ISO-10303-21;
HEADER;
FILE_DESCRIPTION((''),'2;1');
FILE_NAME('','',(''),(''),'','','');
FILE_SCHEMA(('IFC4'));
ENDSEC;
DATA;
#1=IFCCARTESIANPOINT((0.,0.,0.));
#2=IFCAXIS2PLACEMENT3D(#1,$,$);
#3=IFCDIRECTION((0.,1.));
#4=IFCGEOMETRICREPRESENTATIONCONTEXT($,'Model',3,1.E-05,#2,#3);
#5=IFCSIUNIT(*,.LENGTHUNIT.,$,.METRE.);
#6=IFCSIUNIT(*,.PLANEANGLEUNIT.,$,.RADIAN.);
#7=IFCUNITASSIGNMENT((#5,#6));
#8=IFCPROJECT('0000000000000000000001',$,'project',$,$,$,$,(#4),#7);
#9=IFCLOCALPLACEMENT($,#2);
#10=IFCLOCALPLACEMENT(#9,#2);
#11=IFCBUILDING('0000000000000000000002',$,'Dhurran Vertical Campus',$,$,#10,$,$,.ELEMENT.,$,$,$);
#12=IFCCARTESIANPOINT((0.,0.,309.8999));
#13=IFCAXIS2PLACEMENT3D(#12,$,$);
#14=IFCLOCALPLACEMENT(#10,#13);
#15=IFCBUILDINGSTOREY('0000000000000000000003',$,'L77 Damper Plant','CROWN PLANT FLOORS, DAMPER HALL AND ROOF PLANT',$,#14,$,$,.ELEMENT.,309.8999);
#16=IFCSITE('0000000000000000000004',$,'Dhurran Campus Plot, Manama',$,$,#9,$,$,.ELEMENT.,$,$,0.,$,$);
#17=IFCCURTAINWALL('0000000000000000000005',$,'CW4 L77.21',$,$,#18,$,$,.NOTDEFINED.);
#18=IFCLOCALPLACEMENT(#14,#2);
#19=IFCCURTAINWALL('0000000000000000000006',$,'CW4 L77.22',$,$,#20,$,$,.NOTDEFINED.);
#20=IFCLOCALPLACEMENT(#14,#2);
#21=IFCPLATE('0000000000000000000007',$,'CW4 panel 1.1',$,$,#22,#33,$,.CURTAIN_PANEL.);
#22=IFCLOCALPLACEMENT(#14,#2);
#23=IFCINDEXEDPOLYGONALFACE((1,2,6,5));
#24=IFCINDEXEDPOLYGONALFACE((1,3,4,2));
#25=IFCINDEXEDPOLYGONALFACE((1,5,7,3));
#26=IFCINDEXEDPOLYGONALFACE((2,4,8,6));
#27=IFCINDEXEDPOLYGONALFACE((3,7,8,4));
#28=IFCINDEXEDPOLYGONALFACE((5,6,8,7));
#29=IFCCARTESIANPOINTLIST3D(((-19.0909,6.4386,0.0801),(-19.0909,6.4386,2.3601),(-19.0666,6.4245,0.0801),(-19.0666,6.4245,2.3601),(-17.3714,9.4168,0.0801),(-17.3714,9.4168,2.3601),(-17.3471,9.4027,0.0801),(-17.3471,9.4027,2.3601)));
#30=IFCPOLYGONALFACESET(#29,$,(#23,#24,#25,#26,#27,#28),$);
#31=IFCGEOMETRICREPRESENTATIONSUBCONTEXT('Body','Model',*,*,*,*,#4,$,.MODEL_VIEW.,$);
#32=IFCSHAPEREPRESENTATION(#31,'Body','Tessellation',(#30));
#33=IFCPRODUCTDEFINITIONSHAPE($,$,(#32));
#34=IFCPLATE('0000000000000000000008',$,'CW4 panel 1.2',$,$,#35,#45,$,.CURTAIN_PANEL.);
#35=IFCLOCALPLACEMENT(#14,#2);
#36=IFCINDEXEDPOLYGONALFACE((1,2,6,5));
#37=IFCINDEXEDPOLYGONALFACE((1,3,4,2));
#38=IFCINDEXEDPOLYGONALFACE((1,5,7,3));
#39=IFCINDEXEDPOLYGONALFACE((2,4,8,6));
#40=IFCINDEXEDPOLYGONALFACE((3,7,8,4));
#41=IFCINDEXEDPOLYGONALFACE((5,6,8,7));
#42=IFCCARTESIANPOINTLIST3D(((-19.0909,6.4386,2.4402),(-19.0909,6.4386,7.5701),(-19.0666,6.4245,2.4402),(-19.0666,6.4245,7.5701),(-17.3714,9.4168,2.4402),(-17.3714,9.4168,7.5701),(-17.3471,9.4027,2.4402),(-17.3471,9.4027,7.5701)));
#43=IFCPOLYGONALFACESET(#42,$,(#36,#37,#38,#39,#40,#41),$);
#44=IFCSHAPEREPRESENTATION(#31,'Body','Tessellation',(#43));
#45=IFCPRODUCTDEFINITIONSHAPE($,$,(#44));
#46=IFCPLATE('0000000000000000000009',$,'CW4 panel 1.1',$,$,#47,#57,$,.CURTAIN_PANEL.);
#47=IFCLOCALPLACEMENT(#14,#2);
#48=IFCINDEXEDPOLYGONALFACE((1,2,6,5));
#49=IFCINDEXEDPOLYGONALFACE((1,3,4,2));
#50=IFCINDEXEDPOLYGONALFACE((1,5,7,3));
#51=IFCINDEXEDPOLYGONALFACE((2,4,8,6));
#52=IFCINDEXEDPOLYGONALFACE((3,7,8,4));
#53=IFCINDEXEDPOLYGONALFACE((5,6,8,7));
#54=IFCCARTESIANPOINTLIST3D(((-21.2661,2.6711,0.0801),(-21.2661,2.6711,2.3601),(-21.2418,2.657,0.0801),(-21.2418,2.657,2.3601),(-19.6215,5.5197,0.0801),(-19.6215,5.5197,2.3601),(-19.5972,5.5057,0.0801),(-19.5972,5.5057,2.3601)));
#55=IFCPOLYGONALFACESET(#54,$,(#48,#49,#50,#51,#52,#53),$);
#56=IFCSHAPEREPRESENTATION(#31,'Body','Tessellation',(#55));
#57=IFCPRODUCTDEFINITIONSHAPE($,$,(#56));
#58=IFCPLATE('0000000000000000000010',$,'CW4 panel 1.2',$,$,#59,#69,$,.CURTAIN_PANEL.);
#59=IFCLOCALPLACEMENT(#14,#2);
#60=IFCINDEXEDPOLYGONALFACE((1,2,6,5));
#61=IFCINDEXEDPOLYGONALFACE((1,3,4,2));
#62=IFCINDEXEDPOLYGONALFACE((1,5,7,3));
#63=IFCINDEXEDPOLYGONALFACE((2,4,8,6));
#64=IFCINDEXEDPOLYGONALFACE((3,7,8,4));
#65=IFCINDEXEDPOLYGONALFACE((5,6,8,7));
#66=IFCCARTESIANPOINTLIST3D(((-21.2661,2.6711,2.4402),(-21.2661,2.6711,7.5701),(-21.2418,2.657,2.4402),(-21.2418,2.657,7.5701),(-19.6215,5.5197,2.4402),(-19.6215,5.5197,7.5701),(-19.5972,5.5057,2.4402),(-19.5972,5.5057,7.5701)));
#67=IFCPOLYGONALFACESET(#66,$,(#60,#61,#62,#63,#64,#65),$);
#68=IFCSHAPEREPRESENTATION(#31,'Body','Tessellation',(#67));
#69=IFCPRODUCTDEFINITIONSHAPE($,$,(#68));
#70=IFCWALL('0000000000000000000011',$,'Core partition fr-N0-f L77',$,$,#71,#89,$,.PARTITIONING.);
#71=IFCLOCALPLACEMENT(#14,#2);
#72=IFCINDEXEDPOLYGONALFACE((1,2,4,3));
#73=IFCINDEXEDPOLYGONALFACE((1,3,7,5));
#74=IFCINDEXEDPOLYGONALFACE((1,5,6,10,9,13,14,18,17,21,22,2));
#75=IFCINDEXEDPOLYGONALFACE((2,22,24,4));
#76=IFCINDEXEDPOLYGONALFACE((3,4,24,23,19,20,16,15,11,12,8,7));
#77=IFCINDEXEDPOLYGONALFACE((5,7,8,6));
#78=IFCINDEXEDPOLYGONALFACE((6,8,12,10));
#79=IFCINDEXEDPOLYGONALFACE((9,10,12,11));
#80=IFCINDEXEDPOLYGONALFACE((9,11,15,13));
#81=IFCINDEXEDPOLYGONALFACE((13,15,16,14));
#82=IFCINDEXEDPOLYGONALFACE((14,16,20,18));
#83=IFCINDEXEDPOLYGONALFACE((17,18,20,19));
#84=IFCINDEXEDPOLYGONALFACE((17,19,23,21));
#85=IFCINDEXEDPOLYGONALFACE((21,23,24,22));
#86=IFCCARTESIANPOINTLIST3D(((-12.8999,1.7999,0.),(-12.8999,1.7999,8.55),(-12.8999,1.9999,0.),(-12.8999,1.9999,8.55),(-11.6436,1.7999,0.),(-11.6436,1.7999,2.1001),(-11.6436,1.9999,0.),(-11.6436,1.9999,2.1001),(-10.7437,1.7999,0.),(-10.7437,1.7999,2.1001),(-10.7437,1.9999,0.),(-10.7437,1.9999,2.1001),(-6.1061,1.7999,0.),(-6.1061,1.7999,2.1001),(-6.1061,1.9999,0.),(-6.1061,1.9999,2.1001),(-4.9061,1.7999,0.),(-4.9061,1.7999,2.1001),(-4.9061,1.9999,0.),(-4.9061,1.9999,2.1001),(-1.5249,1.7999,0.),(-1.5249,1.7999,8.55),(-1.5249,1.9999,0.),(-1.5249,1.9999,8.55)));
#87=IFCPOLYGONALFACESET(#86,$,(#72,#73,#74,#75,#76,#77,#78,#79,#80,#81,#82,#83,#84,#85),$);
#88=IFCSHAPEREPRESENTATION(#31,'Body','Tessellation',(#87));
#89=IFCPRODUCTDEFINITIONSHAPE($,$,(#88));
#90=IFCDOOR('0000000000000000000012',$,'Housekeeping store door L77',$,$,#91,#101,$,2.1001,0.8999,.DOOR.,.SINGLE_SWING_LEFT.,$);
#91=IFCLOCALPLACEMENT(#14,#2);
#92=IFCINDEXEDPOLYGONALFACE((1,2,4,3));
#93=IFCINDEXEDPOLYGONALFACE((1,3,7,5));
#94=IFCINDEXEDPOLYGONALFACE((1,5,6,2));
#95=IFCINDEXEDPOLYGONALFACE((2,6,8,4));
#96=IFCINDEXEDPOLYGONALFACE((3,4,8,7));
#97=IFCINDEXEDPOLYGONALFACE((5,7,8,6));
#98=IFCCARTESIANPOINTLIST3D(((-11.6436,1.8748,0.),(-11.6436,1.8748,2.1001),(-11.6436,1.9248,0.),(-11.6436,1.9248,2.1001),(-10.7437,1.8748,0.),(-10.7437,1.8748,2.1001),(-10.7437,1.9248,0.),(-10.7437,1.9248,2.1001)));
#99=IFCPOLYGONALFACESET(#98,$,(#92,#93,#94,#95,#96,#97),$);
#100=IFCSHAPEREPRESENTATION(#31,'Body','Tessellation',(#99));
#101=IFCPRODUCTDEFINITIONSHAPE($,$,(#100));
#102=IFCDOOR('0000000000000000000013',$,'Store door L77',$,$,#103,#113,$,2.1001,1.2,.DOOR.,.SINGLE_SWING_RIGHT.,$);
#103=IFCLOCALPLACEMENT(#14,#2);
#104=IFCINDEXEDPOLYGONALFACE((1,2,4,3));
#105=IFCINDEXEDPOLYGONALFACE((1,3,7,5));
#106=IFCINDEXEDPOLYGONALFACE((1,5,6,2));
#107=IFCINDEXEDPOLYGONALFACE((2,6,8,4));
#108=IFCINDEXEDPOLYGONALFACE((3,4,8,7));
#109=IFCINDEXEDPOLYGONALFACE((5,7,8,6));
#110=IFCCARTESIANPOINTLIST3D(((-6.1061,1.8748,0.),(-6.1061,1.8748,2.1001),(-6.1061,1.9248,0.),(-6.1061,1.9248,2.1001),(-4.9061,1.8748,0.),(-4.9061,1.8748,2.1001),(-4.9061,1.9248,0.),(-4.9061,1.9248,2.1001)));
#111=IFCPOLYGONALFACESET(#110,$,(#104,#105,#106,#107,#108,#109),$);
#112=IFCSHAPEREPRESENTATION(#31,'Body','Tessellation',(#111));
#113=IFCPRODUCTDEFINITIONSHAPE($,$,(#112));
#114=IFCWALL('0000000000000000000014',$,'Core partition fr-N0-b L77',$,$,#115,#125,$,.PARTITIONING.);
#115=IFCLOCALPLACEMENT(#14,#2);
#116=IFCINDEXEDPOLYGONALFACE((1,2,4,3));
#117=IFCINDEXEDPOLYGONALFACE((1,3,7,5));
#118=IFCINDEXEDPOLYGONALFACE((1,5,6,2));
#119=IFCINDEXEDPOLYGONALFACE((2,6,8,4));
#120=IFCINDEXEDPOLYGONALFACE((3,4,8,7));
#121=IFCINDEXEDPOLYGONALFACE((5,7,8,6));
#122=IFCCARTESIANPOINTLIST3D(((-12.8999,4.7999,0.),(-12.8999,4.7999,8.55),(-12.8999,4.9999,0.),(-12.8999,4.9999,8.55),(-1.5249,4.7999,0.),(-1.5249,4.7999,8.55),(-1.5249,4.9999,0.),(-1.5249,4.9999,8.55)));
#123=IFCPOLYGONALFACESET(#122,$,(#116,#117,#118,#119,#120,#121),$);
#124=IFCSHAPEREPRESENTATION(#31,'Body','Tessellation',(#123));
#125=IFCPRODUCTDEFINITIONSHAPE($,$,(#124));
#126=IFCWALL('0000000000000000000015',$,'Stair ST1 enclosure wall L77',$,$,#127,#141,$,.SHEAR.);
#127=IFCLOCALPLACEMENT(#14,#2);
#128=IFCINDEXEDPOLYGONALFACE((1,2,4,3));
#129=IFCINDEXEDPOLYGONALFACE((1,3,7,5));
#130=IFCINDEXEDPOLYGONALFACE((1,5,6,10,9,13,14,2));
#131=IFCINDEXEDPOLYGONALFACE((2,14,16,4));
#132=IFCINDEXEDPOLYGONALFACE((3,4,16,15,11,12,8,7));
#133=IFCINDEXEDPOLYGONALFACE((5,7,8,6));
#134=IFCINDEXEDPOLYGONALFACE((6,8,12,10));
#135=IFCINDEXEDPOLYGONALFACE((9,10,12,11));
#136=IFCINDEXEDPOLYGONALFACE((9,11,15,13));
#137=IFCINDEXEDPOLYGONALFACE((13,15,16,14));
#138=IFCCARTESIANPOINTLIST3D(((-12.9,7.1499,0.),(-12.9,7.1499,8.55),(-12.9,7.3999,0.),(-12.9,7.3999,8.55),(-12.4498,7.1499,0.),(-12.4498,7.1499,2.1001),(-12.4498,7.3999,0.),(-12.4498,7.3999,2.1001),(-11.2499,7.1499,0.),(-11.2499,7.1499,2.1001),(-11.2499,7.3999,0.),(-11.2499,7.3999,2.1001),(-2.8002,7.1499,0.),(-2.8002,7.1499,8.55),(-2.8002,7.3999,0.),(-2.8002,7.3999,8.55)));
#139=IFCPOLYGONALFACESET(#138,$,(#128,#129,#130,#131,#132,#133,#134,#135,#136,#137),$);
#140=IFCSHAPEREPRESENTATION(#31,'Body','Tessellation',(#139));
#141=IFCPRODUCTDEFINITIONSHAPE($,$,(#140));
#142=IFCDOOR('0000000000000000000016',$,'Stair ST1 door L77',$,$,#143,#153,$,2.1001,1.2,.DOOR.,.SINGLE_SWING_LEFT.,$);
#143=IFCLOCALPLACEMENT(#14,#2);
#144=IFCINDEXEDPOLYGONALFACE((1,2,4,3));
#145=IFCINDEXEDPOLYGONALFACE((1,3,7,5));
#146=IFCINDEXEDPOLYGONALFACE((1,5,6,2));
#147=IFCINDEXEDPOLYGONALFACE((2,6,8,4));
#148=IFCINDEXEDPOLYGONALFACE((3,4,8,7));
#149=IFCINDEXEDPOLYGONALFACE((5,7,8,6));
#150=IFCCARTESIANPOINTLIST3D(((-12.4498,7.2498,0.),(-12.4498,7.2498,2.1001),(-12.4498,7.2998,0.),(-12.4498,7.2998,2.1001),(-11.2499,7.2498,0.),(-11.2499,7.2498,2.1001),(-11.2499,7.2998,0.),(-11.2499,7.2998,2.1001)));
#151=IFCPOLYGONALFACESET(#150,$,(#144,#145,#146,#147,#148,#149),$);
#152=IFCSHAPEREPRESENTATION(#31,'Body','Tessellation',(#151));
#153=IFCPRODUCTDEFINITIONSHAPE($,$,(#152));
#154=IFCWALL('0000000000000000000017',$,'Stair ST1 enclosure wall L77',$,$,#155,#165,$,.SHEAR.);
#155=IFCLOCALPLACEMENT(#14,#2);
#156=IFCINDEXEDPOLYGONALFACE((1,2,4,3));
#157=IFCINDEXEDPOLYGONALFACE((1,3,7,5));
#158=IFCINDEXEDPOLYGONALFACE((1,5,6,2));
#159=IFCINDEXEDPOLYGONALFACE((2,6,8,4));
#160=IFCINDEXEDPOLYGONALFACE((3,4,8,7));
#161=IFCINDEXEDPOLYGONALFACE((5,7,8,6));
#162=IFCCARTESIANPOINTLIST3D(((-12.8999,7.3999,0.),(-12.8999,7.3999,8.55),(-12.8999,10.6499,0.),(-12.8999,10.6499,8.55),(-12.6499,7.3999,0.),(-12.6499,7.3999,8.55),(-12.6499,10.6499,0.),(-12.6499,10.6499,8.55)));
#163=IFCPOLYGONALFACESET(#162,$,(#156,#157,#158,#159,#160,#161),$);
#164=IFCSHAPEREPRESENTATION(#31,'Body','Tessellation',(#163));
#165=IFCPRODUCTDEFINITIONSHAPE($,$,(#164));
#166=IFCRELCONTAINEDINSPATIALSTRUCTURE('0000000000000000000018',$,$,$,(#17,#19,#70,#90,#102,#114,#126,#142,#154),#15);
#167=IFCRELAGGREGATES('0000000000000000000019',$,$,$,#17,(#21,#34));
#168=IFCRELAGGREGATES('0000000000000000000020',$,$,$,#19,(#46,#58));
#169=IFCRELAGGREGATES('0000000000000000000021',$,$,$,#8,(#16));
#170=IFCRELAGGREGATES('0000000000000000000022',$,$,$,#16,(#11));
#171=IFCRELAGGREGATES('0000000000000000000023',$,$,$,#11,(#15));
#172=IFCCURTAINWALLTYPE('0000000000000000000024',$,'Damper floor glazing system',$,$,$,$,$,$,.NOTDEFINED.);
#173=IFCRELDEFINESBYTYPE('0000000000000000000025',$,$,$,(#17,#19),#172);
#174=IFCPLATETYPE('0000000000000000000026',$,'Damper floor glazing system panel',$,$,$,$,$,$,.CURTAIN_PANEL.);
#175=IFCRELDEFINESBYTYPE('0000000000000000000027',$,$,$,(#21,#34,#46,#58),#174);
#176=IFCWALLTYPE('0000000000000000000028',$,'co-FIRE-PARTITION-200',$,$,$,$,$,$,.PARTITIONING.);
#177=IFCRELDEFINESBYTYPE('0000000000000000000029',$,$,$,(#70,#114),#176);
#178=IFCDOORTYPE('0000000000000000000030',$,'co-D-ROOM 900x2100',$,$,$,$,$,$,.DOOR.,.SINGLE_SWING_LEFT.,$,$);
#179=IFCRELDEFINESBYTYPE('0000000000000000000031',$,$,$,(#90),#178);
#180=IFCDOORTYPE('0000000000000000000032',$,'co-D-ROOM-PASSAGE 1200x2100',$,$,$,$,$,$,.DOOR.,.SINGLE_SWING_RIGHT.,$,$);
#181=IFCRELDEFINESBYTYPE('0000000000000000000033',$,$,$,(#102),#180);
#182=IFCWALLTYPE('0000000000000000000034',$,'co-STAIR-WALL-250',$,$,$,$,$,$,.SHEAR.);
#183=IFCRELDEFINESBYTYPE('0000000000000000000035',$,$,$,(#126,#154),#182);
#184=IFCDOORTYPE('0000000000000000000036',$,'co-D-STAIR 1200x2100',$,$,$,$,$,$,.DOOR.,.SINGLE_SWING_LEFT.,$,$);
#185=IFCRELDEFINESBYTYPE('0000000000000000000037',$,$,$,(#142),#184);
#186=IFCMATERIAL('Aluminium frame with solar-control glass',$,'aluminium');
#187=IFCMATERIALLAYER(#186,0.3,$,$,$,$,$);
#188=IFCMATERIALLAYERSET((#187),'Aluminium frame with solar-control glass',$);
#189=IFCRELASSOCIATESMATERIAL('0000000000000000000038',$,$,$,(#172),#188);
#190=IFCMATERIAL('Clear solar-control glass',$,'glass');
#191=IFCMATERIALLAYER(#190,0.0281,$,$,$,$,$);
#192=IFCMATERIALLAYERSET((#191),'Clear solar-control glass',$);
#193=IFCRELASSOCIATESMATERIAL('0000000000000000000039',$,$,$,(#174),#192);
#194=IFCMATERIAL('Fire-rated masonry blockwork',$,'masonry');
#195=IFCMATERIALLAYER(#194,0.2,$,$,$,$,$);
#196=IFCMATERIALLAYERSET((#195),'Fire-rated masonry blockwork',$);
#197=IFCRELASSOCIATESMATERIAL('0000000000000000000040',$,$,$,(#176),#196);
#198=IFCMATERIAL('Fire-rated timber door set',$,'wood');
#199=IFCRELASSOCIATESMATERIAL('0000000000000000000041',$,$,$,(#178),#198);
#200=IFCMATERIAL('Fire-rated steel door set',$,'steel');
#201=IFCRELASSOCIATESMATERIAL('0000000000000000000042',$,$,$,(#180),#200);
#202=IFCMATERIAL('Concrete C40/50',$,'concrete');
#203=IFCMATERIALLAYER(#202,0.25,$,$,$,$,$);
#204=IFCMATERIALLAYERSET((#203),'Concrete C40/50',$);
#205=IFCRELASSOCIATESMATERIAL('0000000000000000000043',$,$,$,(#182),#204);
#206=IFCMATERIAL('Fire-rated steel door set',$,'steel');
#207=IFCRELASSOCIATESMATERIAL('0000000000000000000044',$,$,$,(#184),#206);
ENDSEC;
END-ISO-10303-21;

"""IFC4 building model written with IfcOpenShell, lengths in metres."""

from ifc_helpers import new_model, si_unit, direction, frame, frame_2d, origin, origin_2d, place, context, subcontext, project, spatial, rectangle, extrude, material, layer, layer_set, type_object, element, fill, aggregate, save


model = new_model("IFC4")

# Units and contexts
model_context = context("Model", 3, precision=1e-05, world=origin(), true_north=direction((0.0, 1.0)))
body_context = subcontext(model_context, "Body", "Model", "MODEL_VIEW")
ifc_project = project(units=[si_unit("LENGTHUNIT", "METRE"), si_unit("PLANEANGLEUNIT", "RADIAN")], contexts=[model_context])

# Site, building, storey
site_placement = place(None, origin())
site = spatial("IfcSite", under=ifc_project, at=site_placement, Name="Dhurran Campus Plot, Manama", CompositionType="ELEMENT", RefElevation=0.0)
building_placement = place(site_placement, origin())
building = spatial("IfcBuilding", under=site, at=building_placement, Name="Dhurran Vertical Campus", CompositionType="ELEMENT")
storey_placement = place(building_placement, frame((0.0, 0.0, 309.8999)))
storey = spatial("IfcBuildingStorey", under=building, at=storey_placement, Name="L77 Damper Plant", Description="CROWN PLANT FLOORS, DAMPER HALL AND ROOF PLANT", CompositionType="ELEMENT", Elevation=309.8999)

# Curtain wall
ifc_material_1 = material(Name="Aluminium frame with solar-control glass", Category="aluminium")
ifc_layer_1 = layer(ifc_material_1, 0.3)
ifc_layer_set_1 = layer_set([ifc_layer_1], Name="Aluminium frame with solar-control glass")
curtain_wall_type = type_object("IfcCurtainWallType", Name="Damper floor glazing system", PredefinedType="NOTDEFINED", material=ifc_layer_set_1)
curtain_wall_1_placement = place(storey_placement, origin())
curtain_wall_1 = element("IfcCurtainWall", 1, at=curtain_wall_1_placement, inside=storey, type_object=curtain_wall_type, Name="CW4 L77.21", PredefinedType="NOTDEFINED")

# Curtain wall
curtain_wall_2_placement = place(storey_placement, origin())
curtain_wall_2 = element("IfcCurtainWall", 2, at=curtain_wall_2_placement, inside=storey, type_object=curtain_wall_type, Name="CW4 L77.22", PredefinedType="NOTDEFINED")

# Plates
ifc_material_2 = material(Name="Clear solar-control glass", Category="glass")
ifc_layer_2 = layer(ifc_material_2, 0.0281)
ifc_layer_set_2 = layer_set([ifc_layer_2], Name="Clear solar-control glass")
plate_type = type_object("IfcPlateType", Name="Damper floor glazing system panel", PredefinedType="CURTAIN_PANEL", material=ifc_layer_set_2)
plate_1_placement = place(storey_placement, frame((-18.219, 7.9207, 0.0801), z_axis=(0.0, 0.0, 1.0), x_axis=(-0.500003, -0.866024, 0.0)))
plate_1 = element("IfcPlate", 3, at=plate_1_placement, type_object=plate_type, Name="CW4 panel 1.1", PredefinedType="CURTAIN_PANEL", context=body_context, shape_type="SweptSolid", body=[
    extrude(rectangle(XDim=3.439, YDim=0.0281, at=origin_2d()), origin(), (0.0, 0.0, 1.0), 2.28),
])
plate_2_placement = place(storey_placement, frame((-18.219, 7.9207, 2.4402), z_axis=(0.0, 0.0, 1.0), x_axis=(-0.500003, -0.866024, 0.0)))
plate_2 = element("IfcPlate", 4, at=plate_2_placement, type_object=plate_type, Name="CW4 panel 1.2", PredefinedType="CURTAIN_PANEL", context=body_context, shape_type="SweptSolid", body=[
    extrude(rectangle(XDim=3.439, YDim=0.0281, at=origin_2d()), origin(), (0.0, 0.0, 1.0), 5.1299),
])
aggregate(curtain_wall_1, [plate_1, plate_2])
plate_3_placement = place(storey_placement, frame((-20.4316, 4.0884, 0.0801), z_axis=(0.0, 0.0, 1.0), x_axis=(-0.499996, -0.866028, 0.0)))
plate_3 = element("IfcPlate", 5, at=plate_3_placement, type_object=plate_type, Name="CW4 panel 1.1", PredefinedType="CURTAIN_PANEL", context=body_context, shape_type="SweptSolid", body=[
    extrude(rectangle(XDim=3.2893, YDim=0.0281, at=origin_2d()), origin(), (0.0, 0.0, 1.0), 2.28),
])
plate_4_placement = place(storey_placement, frame((-20.4316, 4.0884, 2.4402), z_axis=(0.0, 0.0, 1.0), x_axis=(-0.499996, -0.866028, 0.0)))
plate_4 = element("IfcPlate", 6, at=plate_4_placement, type_object=plate_type, Name="CW4 panel 1.2", PredefinedType="CURTAIN_PANEL", context=body_context, shape_type="SweptSolid", body=[
    extrude(rectangle(XDim=3.2893, YDim=0.0281, at=origin_2d()), origin(), (0.0, 0.0, 1.0), 5.1299),
])
aggregate(curtain_wall_2, [plate_3, plate_4])

# Wall, openings, doors
ifc_material_3 = material(Name="Fire-rated masonry blockwork", Category="masonry")
ifc_layer_3 = layer(ifc_material_3, 0.2)
ifc_layer_set_3 = layer_set([ifc_layer_3], Name="Fire-rated masonry blockwork")
wall_type_1 = type_object("IfcWallType", Name="co-FIRE-PARTITION-200", PredefinedType="PARTITIONING", material=ifc_layer_set_3)
wall_1_placement = place(storey_placement, frame((-12.8999, 1.8999, 0.0), z_axis=(0.0, 0.0, 1.0), x_axis=(1.0, 0.0, 0.0)))
wall_1 = element("IfcWall", 7, at=wall_1_placement, inside=storey, type_object=wall_type_1, Name="Core partition fr-N0-f L77", PredefinedType="PARTITIONING", context=body_context, shape_type="SweptSolid", body=[
    extrude(rectangle(XDim=11.375, YDim=0.2, at=frame_2d((5.6875, 0.0))), origin(), (0.0, 0.0, 1.0), 8.55),
])
opening_1_placement = place(wall_1_placement, frame((1.2563, 0.0, 0.0)))
opening_1 = element("IfcOpeningElement", 8, at=opening_1_placement, cuts=wall_1, PredefinedType="OPENING", context=body_context, shape_type="SweptSolid", body=[
    extrude(rectangle(XDim=0.8999, YDim=2.1001, at=frame_2d((0.45, 1.05))), frame((0.0, 0.1099, 0.0), z_axis=(0.0, -1.0, 0.0), x_axis=(1.0, 0.0, 0.0)), (0.0, 0.0, 1.0), 0.22),
])
opening_2_placement = place(wall_1_placement, frame((6.7937, 0.0, 0.0)))
opening_2 = element("IfcOpeningElement", 9, at=opening_2_placement, cuts=wall_1, PredefinedType="OPENING", context=body_context, shape_type="SweptSolid", body=[
    extrude(rectangle(XDim=1.2, YDim=2.1001, at=frame_2d((0.6001, 1.05))), frame((0.0, 0.1099, 0.0), z_axis=(0.0, -1.0, 0.0), x_axis=(1.0, 0.0, 0.0)), (0.0, 0.0, 1.0), 0.22),
])
ifc_material_4 = material(Name="Fire-rated timber door set", Category="wood")
door_type_1 = type_object("IfcDoorType", Name="co-D-ROOM 900x2100", OperationType="SINGLE_SWING_LEFT", PredefinedType="DOOR", material=ifc_material_4)
door_1_placement = place(opening_1_placement, origin())
door_1 = element("IfcDoor", 10, at=door_1_placement, inside=storey, type_object=door_type_1, Name="Housekeeping store door L77", OperationType="SINGLE_SWING_LEFT", OverallHeight=2.1001, OverallWidth=0.8999, PredefinedType="DOOR", context=body_context, shape_type="SweptSolid", body=[
    extrude(rectangle(XDim=0.8999, YDim=2.1001, at=frame_2d((0.45, 1.05))), frame((0.0, 0.0249, 0.0), z_axis=(0.0, -1.0, 0.0), x_axis=(1.0, 0.0, 0.0)), (0.0, 0.0, 1.0), 0.05),
])
fill(opening_1, door_1)
ifc_material_5 = material(Name="Fire-rated steel door set", Category="steel")
door_type_2 = type_object("IfcDoorType", Name="co-D-ROOM-PASSAGE 1200x2100", OperationType="SINGLE_SWING_RIGHT", PredefinedType="DOOR", material=ifc_material_5)
door_2_placement = place(opening_2_placement, origin())
door_2 = element("IfcDoor", 11, at=door_2_placement, inside=storey, type_object=door_type_2, Name="Store door L77", OperationType="SINGLE_SWING_RIGHT", OverallHeight=2.1001, OverallWidth=1.2, PredefinedType="DOOR", context=body_context, shape_type="SweptSolid", body=[
    extrude(rectangle(XDim=1.2, YDim=2.1001, at=frame_2d((0.6001, 1.05))), frame((0.0, 0.0249, 0.0), z_axis=(0.0, -1.0, 0.0), x_axis=(1.0, 0.0, 0.0)), (0.0, 0.0, 1.0), 0.05),
])
fill(opening_2, door_2)

# Wall
wall_2_placement = place(storey_placement, frame((-12.8999, 4.8999, 0.0), z_axis=(0.0, 0.0, 1.0), x_axis=(1.0, 0.0, 0.0)))
element("IfcWall", 12, at=wall_2_placement, inside=storey, type_object=wall_type_1, Name="Core partition fr-N0-b L77", PredefinedType="PARTITIONING", context=body_context, shape_type="SweptSolid", body=[
    extrude(rectangle(XDim=11.375, YDim=0.2, at=frame_2d((5.6875, 0.0))), origin(), (0.0, 0.0, 1.0), 8.55),
])

# Wall, opening, door
ifc_material_6 = material(Name="Concrete C40/50", Category="concrete")
ifc_layer_4 = layer(ifc_material_6, 0.25)
ifc_layer_set_4 = layer_set([ifc_layer_4], Name="Concrete C40/50")
wall_type_2 = type_object("IfcWallType", Name="co-STAIR-WALL-250", PredefinedType="SHEAR", material=ifc_layer_set_4)
wall_3_placement = place(storey_placement, frame((-12.8999, 7.2749, 0.0), z_axis=(0.0, 0.0, 1.0), x_axis=(1.0, 0.0, 0.0)))
wall_3 = element("IfcWall", 13, at=wall_3_placement, inside=storey, type_object=wall_type_2, Name="Stair ST1 enclosure wall L77", PredefinedType="SHEAR", context=body_context, shape_type="SweptSolid", body=[
    extrude(rectangle(XDim=10.0999, YDim=0.25, at=frame_2d((5.0498, 0.0))), origin(), (0.0, 0.0, 1.0), 8.55),
])
opening_3_placement = place(wall_3_placement, frame((0.45, 0.0, 0.0)))
opening_3 = element("IfcOpeningElement", 14, at=opening_3_placement, cuts=wall_3, PredefinedType="OPENING", context=body_context, shape_type="SweptSolid", body=[
    extrude(rectangle(XDim=1.2, YDim=2.1001, at=frame_2d((0.6001, 1.05))), frame((0.0, 0.135, 0.0), z_axis=(0.0, -1.0, 0.0), x_axis=(1.0, 0.0, 0.0)), (0.0, 0.0, 1.0), 0.27),
])
ifc_material_7 = material(Name="Fire-rated steel door set", Category="steel")
door_type_3 = type_object("IfcDoorType", Name="co-D-STAIR 1200x2100", OperationType="SINGLE_SWING_LEFT", PredefinedType="DOOR", material=ifc_material_7)
door_3_placement = place(opening_3_placement, origin())
door_3 = element("IfcDoor", 15, at=door_3_placement, inside=storey, type_object=door_type_3, Name="Stair ST1 door L77", OperationType="SINGLE_SWING_LEFT", OverallHeight=2.1001, OverallWidth=1.2, PredefinedType="DOOR", context=body_context, shape_type="SweptSolid", body=[
    extrude(rectangle(XDim=1.2, YDim=2.1001, at=frame_2d((0.6001, 1.05))), frame((0.0, 0.0249, 0.0), z_axis=(0.0, -1.0, 0.0), x_axis=(1.0, 0.0, 0.0)), (0.0, 0.0, 1.0), 0.05),
])
fill(opening_3, door_3)

# Wall
wall_4_placement = place(storey_placement, frame((-12.7749, 7.3999, 0.0), z_axis=(0.0, 0.0, 1.0), x_axis=(0.0, 1.0, 0.0)))
element("IfcWall", 16, at=wall_4_placement, inside=storey, type_object=wall_type_2, Name="Stair ST1 enclosure wall L77", PredefinedType="SHEAR", context=body_context, shape_type="SweptSolid", body=[
    extrude(rectangle(XDim=3.25, YDim=0.25, at=frame_2d((1.625, 0.0))), origin(), (0.0, 0.0, 1.0), 8.55),
])

save(model, "model.ifc")
